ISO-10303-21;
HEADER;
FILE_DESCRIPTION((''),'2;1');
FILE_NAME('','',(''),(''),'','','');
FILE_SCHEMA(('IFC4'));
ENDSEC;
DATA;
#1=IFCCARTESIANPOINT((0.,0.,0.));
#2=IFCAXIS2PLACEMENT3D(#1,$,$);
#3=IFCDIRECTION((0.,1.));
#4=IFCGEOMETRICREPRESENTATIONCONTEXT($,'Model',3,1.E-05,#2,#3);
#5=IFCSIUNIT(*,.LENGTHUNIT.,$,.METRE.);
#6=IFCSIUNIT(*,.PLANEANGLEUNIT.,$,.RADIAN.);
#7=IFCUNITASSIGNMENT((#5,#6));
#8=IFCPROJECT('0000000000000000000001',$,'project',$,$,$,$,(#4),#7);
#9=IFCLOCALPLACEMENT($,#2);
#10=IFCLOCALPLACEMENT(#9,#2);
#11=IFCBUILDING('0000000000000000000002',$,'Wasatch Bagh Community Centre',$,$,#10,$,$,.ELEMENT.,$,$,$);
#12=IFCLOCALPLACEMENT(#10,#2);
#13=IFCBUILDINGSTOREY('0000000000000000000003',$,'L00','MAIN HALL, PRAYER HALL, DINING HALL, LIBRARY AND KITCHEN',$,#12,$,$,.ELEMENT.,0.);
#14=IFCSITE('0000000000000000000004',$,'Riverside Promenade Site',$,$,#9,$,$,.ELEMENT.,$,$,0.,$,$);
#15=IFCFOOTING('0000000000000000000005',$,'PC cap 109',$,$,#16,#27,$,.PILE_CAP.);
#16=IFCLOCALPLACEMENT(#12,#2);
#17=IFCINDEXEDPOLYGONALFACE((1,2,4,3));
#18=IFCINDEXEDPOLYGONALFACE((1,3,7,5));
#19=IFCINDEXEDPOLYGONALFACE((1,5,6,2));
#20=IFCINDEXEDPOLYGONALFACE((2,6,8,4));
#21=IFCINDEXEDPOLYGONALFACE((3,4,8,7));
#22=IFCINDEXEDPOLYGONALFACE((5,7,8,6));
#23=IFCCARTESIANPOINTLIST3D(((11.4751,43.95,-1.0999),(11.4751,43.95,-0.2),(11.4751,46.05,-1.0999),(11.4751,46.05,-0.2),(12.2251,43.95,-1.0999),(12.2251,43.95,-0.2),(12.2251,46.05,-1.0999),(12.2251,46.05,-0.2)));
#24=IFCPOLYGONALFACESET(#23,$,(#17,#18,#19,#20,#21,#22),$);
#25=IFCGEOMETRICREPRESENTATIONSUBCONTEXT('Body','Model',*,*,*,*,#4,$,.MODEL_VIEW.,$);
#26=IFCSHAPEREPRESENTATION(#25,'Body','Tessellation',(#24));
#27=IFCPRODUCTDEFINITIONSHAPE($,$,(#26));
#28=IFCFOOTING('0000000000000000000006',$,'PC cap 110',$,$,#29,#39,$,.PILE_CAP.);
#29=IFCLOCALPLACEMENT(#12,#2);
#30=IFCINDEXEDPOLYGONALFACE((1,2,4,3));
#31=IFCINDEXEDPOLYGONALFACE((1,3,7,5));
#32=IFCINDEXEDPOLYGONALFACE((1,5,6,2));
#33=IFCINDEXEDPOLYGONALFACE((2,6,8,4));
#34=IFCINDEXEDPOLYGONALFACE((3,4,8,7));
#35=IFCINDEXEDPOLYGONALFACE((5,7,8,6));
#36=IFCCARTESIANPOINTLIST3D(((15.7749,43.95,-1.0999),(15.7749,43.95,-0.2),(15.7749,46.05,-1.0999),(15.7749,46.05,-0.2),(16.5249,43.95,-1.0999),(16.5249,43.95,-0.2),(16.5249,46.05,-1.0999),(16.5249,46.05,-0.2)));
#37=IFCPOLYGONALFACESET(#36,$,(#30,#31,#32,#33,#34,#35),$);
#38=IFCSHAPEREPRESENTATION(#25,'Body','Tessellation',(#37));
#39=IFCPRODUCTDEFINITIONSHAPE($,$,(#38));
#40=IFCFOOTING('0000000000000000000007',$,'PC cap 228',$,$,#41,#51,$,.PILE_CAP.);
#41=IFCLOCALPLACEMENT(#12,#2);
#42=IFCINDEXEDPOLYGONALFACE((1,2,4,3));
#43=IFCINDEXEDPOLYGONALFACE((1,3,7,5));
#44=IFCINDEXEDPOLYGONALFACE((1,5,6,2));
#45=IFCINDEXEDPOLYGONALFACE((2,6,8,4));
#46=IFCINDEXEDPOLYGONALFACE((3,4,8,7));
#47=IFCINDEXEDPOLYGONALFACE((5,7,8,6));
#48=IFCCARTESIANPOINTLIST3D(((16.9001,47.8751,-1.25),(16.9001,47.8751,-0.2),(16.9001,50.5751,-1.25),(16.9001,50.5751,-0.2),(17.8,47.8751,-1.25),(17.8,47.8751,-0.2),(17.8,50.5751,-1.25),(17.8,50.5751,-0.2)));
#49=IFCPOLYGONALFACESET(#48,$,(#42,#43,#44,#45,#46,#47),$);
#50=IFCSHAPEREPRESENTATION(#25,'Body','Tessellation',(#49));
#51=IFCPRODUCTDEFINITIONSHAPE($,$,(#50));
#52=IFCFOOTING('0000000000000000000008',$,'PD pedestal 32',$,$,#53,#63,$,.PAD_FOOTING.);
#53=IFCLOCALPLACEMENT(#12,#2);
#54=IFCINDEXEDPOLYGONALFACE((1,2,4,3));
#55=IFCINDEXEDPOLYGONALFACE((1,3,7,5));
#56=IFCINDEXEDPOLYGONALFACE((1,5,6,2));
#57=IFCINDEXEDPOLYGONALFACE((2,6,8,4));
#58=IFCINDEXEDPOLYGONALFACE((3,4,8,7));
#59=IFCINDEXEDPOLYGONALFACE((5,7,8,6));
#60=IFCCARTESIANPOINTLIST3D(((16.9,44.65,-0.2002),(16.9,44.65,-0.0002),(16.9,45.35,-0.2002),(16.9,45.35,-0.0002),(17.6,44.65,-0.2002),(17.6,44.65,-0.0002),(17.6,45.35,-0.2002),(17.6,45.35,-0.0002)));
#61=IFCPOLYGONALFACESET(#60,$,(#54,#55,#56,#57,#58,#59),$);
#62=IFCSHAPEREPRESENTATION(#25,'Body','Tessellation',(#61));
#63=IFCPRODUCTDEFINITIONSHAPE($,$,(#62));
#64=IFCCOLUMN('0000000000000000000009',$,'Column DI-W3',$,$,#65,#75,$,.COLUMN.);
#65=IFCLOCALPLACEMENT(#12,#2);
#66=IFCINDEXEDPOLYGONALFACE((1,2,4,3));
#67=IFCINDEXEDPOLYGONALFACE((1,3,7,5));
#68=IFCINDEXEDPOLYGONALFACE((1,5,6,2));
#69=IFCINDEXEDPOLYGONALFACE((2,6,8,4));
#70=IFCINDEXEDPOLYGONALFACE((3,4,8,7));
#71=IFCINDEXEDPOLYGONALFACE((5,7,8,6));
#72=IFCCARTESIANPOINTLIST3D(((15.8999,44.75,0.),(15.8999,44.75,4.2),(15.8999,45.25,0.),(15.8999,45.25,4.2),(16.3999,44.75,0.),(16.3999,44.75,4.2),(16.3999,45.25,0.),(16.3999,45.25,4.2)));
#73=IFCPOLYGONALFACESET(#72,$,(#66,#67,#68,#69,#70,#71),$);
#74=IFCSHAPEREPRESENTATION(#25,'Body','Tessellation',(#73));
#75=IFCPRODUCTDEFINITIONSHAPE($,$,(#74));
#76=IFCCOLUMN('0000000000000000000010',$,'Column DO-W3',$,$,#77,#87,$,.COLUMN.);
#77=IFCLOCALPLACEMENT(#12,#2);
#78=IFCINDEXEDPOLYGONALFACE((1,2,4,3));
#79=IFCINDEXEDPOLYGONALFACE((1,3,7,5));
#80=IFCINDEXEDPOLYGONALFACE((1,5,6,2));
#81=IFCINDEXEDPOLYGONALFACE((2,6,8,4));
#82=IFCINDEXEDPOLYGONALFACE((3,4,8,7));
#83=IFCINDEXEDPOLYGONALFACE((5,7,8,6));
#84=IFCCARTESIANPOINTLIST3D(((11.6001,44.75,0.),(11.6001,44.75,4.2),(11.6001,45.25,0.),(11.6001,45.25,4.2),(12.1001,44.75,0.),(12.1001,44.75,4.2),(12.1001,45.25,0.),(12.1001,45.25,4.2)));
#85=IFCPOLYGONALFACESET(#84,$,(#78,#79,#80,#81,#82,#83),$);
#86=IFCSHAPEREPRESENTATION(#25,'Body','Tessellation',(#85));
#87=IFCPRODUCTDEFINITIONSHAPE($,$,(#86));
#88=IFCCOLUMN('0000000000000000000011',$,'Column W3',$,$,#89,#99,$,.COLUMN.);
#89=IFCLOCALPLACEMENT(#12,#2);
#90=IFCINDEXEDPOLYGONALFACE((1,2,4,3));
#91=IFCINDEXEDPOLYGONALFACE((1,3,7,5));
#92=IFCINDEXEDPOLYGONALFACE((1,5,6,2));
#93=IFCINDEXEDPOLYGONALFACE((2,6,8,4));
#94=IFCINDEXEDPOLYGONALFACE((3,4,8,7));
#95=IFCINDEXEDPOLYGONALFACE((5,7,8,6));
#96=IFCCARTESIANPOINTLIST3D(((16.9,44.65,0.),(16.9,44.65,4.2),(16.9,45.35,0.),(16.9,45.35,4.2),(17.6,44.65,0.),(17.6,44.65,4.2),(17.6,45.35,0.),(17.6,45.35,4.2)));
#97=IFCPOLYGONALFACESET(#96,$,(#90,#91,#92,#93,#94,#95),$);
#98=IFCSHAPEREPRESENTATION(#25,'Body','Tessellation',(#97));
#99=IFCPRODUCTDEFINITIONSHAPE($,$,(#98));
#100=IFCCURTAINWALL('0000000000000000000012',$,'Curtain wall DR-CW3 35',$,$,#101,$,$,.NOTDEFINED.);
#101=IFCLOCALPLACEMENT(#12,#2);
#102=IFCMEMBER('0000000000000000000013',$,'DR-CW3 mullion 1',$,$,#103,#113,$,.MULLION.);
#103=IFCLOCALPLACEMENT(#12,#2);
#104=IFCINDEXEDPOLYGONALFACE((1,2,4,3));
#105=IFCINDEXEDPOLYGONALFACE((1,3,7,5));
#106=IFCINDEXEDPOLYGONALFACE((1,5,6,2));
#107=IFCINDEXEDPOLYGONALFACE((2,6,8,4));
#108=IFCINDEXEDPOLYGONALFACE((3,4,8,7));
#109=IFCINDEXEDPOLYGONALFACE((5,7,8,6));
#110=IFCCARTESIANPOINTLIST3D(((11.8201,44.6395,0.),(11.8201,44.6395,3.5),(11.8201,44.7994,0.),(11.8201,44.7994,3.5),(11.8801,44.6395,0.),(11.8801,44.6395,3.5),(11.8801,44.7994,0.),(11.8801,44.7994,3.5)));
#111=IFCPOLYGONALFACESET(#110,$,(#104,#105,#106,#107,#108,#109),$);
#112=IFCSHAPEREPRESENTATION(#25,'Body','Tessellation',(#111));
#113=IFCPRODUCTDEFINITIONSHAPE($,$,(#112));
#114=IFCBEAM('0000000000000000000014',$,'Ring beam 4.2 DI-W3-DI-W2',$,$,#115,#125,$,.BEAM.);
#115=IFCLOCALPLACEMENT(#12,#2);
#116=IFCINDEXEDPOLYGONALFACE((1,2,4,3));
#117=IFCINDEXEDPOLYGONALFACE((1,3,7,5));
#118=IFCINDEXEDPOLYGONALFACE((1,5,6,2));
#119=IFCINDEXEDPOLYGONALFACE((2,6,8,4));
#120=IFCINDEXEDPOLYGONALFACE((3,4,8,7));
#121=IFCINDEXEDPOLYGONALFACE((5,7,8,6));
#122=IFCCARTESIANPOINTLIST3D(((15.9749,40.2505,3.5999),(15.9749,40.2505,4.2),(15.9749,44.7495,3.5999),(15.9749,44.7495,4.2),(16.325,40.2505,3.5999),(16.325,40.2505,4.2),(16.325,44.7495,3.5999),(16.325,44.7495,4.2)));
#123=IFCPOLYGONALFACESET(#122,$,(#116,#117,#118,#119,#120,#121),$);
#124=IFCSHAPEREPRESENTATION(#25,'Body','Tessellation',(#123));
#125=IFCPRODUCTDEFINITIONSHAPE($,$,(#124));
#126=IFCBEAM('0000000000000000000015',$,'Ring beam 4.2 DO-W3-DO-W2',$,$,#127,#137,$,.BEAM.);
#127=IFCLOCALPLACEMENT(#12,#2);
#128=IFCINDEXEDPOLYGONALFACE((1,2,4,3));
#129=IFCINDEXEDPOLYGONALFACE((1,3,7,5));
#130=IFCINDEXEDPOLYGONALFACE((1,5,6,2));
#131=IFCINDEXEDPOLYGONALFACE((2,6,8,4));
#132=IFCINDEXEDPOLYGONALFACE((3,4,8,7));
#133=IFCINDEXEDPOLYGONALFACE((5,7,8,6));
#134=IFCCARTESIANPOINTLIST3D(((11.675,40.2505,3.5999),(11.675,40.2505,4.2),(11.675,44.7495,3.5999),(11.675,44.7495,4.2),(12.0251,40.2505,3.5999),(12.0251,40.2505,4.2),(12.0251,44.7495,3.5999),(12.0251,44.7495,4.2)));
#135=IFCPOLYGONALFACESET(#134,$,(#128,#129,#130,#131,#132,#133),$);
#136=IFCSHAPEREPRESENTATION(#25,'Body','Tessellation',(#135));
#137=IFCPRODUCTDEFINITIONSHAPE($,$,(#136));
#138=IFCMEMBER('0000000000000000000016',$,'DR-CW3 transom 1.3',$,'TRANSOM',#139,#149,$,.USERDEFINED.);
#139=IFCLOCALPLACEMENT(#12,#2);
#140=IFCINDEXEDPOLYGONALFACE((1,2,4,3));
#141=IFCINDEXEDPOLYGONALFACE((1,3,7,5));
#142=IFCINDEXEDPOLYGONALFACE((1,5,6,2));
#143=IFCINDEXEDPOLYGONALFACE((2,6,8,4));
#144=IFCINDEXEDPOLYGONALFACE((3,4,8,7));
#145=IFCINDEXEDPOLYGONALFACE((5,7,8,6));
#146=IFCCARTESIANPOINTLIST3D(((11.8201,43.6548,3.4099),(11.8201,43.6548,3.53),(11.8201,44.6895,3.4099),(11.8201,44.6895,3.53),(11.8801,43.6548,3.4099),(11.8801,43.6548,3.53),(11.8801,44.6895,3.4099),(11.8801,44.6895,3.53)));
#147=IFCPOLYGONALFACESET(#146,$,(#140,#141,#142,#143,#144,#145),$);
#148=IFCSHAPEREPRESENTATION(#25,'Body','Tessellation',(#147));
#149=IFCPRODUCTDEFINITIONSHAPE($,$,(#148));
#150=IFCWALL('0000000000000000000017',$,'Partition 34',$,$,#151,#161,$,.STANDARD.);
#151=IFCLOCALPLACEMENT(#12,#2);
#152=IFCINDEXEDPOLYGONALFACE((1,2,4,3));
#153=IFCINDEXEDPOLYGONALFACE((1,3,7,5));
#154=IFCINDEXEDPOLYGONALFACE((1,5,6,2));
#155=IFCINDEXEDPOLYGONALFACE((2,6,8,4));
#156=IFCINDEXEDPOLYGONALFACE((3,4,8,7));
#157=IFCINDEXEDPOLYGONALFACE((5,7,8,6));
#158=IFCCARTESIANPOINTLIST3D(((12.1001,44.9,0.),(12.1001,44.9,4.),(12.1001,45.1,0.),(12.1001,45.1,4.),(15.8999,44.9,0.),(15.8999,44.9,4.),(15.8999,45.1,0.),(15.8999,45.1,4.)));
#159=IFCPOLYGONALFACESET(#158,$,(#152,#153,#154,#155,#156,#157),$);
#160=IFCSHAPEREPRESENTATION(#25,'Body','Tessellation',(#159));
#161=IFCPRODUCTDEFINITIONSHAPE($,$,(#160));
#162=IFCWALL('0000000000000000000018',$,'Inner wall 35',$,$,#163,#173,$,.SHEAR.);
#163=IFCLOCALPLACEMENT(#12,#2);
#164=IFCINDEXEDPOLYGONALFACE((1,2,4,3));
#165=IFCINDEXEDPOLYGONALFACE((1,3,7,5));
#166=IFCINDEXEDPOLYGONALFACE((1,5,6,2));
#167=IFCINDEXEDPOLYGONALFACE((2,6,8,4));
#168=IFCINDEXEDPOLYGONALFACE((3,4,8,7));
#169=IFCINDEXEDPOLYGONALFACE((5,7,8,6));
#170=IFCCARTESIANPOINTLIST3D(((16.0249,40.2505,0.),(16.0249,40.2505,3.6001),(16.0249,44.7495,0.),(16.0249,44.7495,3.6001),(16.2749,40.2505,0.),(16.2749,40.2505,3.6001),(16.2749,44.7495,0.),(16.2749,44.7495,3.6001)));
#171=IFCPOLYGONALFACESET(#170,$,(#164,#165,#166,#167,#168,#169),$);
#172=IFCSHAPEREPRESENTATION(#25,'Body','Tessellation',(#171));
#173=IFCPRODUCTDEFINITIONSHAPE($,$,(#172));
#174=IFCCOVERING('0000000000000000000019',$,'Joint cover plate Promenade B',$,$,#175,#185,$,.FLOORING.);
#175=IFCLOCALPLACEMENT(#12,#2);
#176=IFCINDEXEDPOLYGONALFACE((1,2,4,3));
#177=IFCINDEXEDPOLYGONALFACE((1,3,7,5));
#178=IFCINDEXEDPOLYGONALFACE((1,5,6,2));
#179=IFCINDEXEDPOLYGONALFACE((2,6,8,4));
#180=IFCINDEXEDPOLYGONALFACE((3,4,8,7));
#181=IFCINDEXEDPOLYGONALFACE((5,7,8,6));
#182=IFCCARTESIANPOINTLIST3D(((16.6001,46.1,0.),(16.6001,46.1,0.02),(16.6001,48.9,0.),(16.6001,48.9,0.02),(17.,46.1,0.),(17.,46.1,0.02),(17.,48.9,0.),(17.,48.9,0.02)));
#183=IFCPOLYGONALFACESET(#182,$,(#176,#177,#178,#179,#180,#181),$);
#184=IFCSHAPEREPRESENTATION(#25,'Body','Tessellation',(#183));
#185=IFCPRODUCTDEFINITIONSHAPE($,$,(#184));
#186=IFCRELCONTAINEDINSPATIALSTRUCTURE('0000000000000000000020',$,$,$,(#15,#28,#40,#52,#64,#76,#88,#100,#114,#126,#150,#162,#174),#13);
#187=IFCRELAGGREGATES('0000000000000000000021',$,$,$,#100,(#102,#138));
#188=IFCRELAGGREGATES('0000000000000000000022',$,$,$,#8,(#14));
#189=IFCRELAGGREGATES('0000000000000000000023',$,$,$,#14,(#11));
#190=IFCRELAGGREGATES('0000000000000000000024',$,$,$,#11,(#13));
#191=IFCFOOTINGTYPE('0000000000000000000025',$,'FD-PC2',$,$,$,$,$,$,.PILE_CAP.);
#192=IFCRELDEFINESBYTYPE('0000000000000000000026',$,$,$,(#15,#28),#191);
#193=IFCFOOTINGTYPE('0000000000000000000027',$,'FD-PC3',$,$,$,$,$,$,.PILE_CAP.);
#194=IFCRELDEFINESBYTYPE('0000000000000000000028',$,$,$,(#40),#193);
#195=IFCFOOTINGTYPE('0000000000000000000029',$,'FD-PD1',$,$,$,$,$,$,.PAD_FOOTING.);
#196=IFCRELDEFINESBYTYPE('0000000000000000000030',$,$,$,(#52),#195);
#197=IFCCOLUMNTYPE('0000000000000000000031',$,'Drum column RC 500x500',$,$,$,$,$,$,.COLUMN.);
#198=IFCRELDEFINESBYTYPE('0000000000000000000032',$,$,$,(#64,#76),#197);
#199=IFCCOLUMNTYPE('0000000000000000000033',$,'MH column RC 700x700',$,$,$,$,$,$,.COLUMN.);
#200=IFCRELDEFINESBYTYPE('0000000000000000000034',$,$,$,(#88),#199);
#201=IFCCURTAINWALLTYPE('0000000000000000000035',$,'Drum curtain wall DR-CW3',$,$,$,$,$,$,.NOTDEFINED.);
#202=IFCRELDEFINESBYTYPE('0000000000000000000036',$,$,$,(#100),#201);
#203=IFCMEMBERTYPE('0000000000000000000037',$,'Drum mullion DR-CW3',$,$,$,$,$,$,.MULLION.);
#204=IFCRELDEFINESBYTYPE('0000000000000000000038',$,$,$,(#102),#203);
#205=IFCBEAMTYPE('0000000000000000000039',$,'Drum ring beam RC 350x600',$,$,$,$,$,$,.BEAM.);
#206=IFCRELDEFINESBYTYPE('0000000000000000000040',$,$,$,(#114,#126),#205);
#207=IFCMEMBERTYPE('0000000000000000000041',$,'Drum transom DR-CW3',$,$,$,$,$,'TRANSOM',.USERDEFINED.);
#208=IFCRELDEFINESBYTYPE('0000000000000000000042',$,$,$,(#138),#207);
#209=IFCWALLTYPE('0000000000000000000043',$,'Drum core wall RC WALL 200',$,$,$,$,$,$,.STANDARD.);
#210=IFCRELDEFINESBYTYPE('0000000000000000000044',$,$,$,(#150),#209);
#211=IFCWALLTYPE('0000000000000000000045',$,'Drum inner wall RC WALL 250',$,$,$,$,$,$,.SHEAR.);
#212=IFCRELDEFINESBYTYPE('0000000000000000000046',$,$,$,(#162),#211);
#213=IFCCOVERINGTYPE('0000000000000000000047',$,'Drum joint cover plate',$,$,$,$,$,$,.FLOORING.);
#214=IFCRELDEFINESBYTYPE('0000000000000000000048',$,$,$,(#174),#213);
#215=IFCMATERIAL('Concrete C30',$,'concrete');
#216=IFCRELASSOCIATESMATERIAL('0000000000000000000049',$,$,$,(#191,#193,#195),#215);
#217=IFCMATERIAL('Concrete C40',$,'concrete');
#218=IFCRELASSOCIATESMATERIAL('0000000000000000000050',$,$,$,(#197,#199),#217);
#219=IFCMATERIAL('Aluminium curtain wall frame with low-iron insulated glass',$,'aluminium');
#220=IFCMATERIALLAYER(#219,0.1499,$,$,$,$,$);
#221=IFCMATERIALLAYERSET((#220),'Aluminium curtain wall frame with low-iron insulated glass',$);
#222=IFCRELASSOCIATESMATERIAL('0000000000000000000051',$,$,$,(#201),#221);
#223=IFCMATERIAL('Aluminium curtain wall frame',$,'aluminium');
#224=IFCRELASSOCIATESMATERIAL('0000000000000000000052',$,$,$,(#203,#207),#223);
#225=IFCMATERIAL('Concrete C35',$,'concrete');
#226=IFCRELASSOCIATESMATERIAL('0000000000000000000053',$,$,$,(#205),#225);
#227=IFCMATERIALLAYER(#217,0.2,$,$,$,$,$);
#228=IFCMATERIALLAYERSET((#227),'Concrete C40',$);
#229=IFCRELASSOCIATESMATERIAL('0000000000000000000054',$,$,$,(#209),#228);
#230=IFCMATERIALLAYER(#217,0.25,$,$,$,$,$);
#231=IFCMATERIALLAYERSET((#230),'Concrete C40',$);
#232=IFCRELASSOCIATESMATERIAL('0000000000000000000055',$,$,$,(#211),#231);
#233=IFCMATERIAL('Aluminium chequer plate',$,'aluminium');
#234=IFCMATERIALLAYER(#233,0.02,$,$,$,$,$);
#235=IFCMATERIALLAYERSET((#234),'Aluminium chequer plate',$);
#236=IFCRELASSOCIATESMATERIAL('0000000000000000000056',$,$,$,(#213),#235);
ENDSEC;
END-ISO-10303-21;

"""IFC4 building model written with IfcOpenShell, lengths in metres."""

from ifc_helpers import new_model, si_unit, direction, frame, frame_2d, origin, origin_2d, place, context, subcontext, project, spatial, rectangle, extrude, material, layer, layer_set, material_profile, profile_set, type_object, element, aggregate, save


model = new_model("IFC4")

# Units and contexts
model_context = context("Model", 3, precision=1e-05, world=origin(), true_north=direction((0.0, 1.0)))
body_context = subcontext(model_context, "Body", "Model", "MODEL_VIEW")
ifc_project = project(units=[si_unit("LENGTHUNIT", "METRE"), si_unit("PLANEANGLEUNIT", "RADIAN")], contexts=[model_context])

# Site, building, storey
site_placement = place(None, origin())
site = spatial("IfcSite", under=ifc_project, at=site_placement, Name="Riverside Promenade Site", CompositionType="ELEMENT", RefElevation=0.0)
building_placement = place(site_placement, origin())
building = spatial("IfcBuilding", under=site, at=building_placement, Name="Wasatch Bagh Community Centre", CompositionType="ELEMENT")
storey_placement = place(building_placement, origin())
storey = spatial("IfcBuildingStorey", under=building, at=storey_placement, Name="L00", Description="MAIN HALL, PRAYER HALL, DINING HALL, LIBRARY AND KITCHEN", CompositionType="ELEMENT", Elevation=0.0)

# Shared definitions
ifc_material_1 = material(Name="Concrete C35", Category="concrete")

# Shared definitions
ifc_material_2 = material(Name="Concrete C30", Category="concrete")

# Footings
footing_type_1 = type_object("IfcFootingType", Name="FD-PC2", PredefinedType="PILE_CAP", material=ifc_material_2)
for number, where, z_axis, x_axis, name in (
    (1, (11.8501, 45.0, -1.0999), (0.0, 0.0, 1.0), (0.0, 1.0, 0.0), "PC cap 109"),
    (2, (16.1499, 45.0, -1.0999), (0.0, 0.0, 1.0), (0.0, 1.0, 0.0), "PC cap 110"),
):
    element("IfcFooting", number, at=place(storey_placement, frame(where, z_axis=z_axis, x_axis=x_axis)), inside=storey, type_object=footing_type_1, Name=name, PredefinedType="PILE_CAP", context=body_context, shape_type="SweptSolid", body=[
        extrude(rectangle(XDim=2.1001, YDim=0.75, at=origin_2d()), origin(), (0.0, 0.0, 1.0), 0.8999),
    ])
footing_type_2 = type_object("IfcFootingType", Name="FD-PC3", PredefinedType="PILE_CAP", material=ifc_material_2)
footing_1_placement = place(storey_placement, frame((17.3501, 49.2251, -1.25), z_axis=(0.0, 0.0, 1.0), x_axis=(0.0, 1.0, 0.0)))
element("IfcFooting", 3, at=footing_1_placement, inside=storey, type_object=footing_type_2, Name="PC cap 228", PredefinedType="PILE_CAP", context=body_context, shape_type="SweptSolid", body=[
    extrude(rectangle(XDim=2.7, YDim=0.8999, at=origin_2d()), origin(), (0.0, 0.0, 1.0), 1.05),
])
footing_type_3 = type_object("IfcFootingType", Name="FD-PD1", PredefinedType="PAD_FOOTING", material=ifc_material_2)
footing_2_placement = place(storey_placement, frame((17.25, 45.0, -0.2002), z_axis=(0.0, 0.0, 1.0), x_axis=(1.0, 0.0, 0.0)))
element("IfcFooting", 4, at=footing_2_placement, inside=storey, type_object=footing_type_3, Name="PD pedestal 32", PredefinedType="PAD_FOOTING", context=body_context, shape_type="SweptSolid", body=[
    extrude(rectangle(XDim=0.7, YDim=0.7, at=origin_2d()), origin(), (0.0, 0.0, 1.0), 0.2),
])

# Columns
ifc_material_3 = material(Name="Concrete C40", Category="concrete")
ifc_material_profile_1 = material_profile(ifc_material_3, rectangle(XDim=0.5, YDim=0.5, at=origin_2d()), Name="RC 500x500")
ifc_profile_set_1 = profile_set([ifc_material_profile_1], Name="Concrete C40")
column_type_1 = type_object("IfcColumnType", Name="Drum column RC 500x500", PredefinedType="COLUMN", material=ifc_profile_set_1)
for number, where, z_axis, x_axis, name in (
    (5, (16.1499, 45.0, 0.0), (0.0, 0.0, 1.0), (1.0, 0.0, 0.0), "Column DI-W3"),
    (6, (11.8501, 45.0, 0.0), (0.0, 0.0, 1.0), (1.0, 0.0, 0.0), "Column DO-W3"),
):
    element("IfcColumn", number, at=place(storey_placement, frame(where, z_axis=z_axis, x_axis=x_axis)), inside=storey, type_object=column_type_1, Name=name, PredefinedType="COLUMN", context=body_context, shape_type="SweptSolid", body=[
        extrude(rectangle(XDim=0.5, YDim=0.5, at=origin_2d()), origin(), (0.0, 0.0, 1.0), 4.2),
    ])
ifc_material_profile_2 = material_profile(ifc_material_3, rectangle(XDim=0.7, YDim=0.7, at=origin_2d()), Name="RC 700x700")
ifc_profile_set_2 = profile_set([ifc_material_profile_2], Name="Concrete C40")
column_type_2 = type_object("IfcColumnType", Name="MH column RC 700x700", PredefinedType="COLUMN", material=ifc_profile_set_2)
column_placement = place(storey_placement, frame((17.25, 45.0, 0.0), z_axis=(0.0, 0.0, 1.0), x_axis=(1.0, 0.0, 0.0)))
element("IfcColumn", 7, at=column_placement, inside=storey, type_object=column_type_2, Name="Column W3", PredefinedType="COLUMN", context=body_context, shape_type="SweptSolid", body=[
    extrude(rectangle(XDim=0.7, YDim=0.7, at=origin_2d()), origin(), (0.0, 0.0, 1.0), 4.2),
])

# Curtain wall, member
ifc_material_4 = material(Name="Aluminium curtain wall frame with low-iron insulated glass", Category="aluminium")
ifc_layer_1 = layer(ifc_material_4, 0.1499)
ifc_layer_set_1 = layer_set([ifc_layer_1], Name="Aluminium curtain wall frame with low-iron insulated glass")
curtain_wall_type = type_object("IfcCurtainWallType", Name="Drum curtain wall DR-CW3", PredefinedType="NOTDEFINED", material=ifc_layer_set_1)
curtain_wall_placement = place(storey_placement, origin())
curtain_wall = element("IfcCurtainWall", 8, at=curtain_wall_placement, inside=storey, type_object=curtain_wall_type, Name="Curtain wall DR-CW3 35", PredefinedType="NOTDEFINED")
ifc_material_5 = material(Name="Aluminium curtain wall frame", Category="aluminium")
ifc_material_profile_3 = material_profile(ifc_material_5, rectangle(XDim=0.0601, YDim=0.1599, at=origin_2d()), Name="Drum mullion DR-CW3")
ifc_profile_set_3 = profile_set([ifc_material_profile_3], Name="Aluminium curtain wall frame")
member_type_1 = type_object("IfcMemberType", Name="Drum mullion DR-CW3", PredefinedType="MULLION", material=ifc_profile_set_3)
member_1_placement = place(storey_placement, frame((11.8501, 44.7195, 0.0), z_axis=(0.0, 0.0, 1.0), x_axis=(1.0, 0.0, 0.0)))
member_1 = element("IfcMember", 9, at=member_1_placement, type_object=member_type_1, Name="DR-CW3 mullion 1", PredefinedType="MULLION", context=body_context, shape_type="SweptSolid", body=[
    extrude(rectangle(XDim=0.0601, YDim=0.1599, at=origin_2d()), origin(), (0.0, 0.0, 1.0), 3.5),
])

# Beams
ifc_material_profile_4 = material_profile(ifc_material_1, rectangle(XDim=0.3501, YDim=0.6001, at=origin_2d()), Name="RC 350x600")
ifc_profile_set_4 = profile_set([ifc_material_profile_4], Name="Concrete C35")
beam_type = type_object("IfcBeamType", Name="Drum ring beam RC 350x600", PredefinedType="BEAM", material=ifc_profile_set_4)
for number, where, z_axis, x_axis, name in (
    (10, (16.1499, 44.7495, 3.8999), (0.0, -1.0, 0.0), (1.0, 0.0, 0.0), "Ring beam 4.2 DI-W3-DI-W2"),
    (11, (11.8501, 44.7495, 3.8999), (0.0, -1.0, 0.0), (1.0, 0.0, 0.0), "Ring beam 4.2 DO-W3-DO-W2"),
):
    element("IfcBeam", number, at=place(storey_placement, frame(where, z_axis=z_axis, x_axis=x_axis)), inside=storey, type_object=beam_type, Name=name, PredefinedType="BEAM", context=body_context, shape_type="SweptSolid", body=[
        extrude(rectangle(XDim=0.3501, YDim=0.6001, at=origin_2d()), origin(), (0.0, 0.0, 1.0), 4.499),
    ])

# Member
ifc_material_profile_5 = material_profile(ifc_material_5, rectangle(XDim=0.0601, YDim=0.1201, at=origin_2d()), Name="Drum transom DR-CW3")
ifc_profile_set_5 = profile_set([ifc_material_profile_5], Name="Aluminium curtain wall frame")
member_type_2 = type_object("IfcMemberType", Name="Drum transom DR-CW3", ElementType="TRANSOM", PredefinedType="USERDEFINED", material=ifc_profile_set_5)
member_2_placement = place(storey_placement, frame((11.8501, 44.6895, 3.47), z_axis=(0.0, -1.0, 0.0), x_axis=(1.0, 0.0, 0.0)))
member_2 = element("IfcMember", 12, at=member_2_placement, type_object=member_type_2, Name="DR-CW3 transom 1.3", ObjectType="TRANSOM", PredefinedType="USERDEFINED", context=body_context, shape_type="SweptSolid", body=[
    extrude(rectangle(XDim=0.0601, YDim=0.1201, at=origin_2d()), origin(), (0.0, 0.0, 1.0), 1.0347),
])
aggregate(curtain_wall, [member_1, member_2])

# Walls
ifc_layer_2 = layer(ifc_material_3, 0.2)
ifc_layer_set_2 = layer_set([ifc_layer_2], Name="Concrete C40")
wall_type_1 = type_object("IfcWallType", Name="Drum core wall RC WALL 200", PredefinedType="STANDARD", material=ifc_layer_set_2)
wall_1_placement = place(storey_placement, frame((15.8999, 45.0, 0.0), z_axis=(0.0, 0.0, 1.0), x_axis=(-1.0, 0.0, 0.0)))
element("IfcWall", 13, at=wall_1_placement, inside=storey, type_object=wall_type_1, Name="Partition 34", PredefinedType="STANDARD", context=body_context, shape_type="SweptSolid", body=[
    extrude(rectangle(XDim=3.7998, YDim=0.2, at=frame_2d((1.8999, 0.0))), origin(), (0.0, 0.0, 1.0), 4.0),
])
ifc_layer_3 = layer(ifc_material_3, 0.25)
ifc_layer_set_3 = layer_set([ifc_layer_3], Name="Concrete C40")
wall_type_2 = type_object("IfcWallType", Name="Drum inner wall RC WALL 250", PredefinedType="SHEAR", material=ifc_layer_set_3)
wall_2_placement = place(storey_placement, frame((16.1499, 44.7495, 0.0), z_axis=(0.0, 0.0, 1.0), x_axis=(0.0, -1.0, 0.0)))
element("IfcWall", 14, at=wall_2_placement, inside=storey, type_object=wall_type_2, Name="Inner wall 35", PredefinedType="SHEAR", context=body_context, shape_type="SweptSolid", body=[
    extrude(rectangle(XDim=4.499, YDim=0.25, at=frame_2d((2.2495, 0.0))), origin(), (0.0, 0.0, 1.0), 3.6001),
])

# Covering
ifc_material_6 = material(Name="Aluminium chequer plate", Category="aluminium")
ifc_layer_4 = layer(ifc_material_6, 0.02)
ifc_layer_set_4 = layer_set([ifc_layer_4], Name="Aluminium chequer plate")
covering_type = type_object("IfcCoveringType", Name="Drum joint cover plate", PredefinedType="FLOORING", material=ifc_layer_set_4)
covering_placement = place(storey_placement, frame((16.8, 47.5, 0.0), z_axis=(0.0, 0.0, 1.0), x_axis=(-1.0, 0.0, 0.0)))
element("IfcCovering", 15, at=covering_placement, inside=storey, type_object=covering_type, Name="Joint cover plate Promenade B", PredefinedType="FLOORING", context=body_context, shape_type="SweptSolid", body=[
    extrude(rectangle(XDim=0.3999, YDim=2.8, at=origin_2d()), origin(), (0.0, 0.0, 1.0), 0.02),
])

save(model, "model.ifc")
